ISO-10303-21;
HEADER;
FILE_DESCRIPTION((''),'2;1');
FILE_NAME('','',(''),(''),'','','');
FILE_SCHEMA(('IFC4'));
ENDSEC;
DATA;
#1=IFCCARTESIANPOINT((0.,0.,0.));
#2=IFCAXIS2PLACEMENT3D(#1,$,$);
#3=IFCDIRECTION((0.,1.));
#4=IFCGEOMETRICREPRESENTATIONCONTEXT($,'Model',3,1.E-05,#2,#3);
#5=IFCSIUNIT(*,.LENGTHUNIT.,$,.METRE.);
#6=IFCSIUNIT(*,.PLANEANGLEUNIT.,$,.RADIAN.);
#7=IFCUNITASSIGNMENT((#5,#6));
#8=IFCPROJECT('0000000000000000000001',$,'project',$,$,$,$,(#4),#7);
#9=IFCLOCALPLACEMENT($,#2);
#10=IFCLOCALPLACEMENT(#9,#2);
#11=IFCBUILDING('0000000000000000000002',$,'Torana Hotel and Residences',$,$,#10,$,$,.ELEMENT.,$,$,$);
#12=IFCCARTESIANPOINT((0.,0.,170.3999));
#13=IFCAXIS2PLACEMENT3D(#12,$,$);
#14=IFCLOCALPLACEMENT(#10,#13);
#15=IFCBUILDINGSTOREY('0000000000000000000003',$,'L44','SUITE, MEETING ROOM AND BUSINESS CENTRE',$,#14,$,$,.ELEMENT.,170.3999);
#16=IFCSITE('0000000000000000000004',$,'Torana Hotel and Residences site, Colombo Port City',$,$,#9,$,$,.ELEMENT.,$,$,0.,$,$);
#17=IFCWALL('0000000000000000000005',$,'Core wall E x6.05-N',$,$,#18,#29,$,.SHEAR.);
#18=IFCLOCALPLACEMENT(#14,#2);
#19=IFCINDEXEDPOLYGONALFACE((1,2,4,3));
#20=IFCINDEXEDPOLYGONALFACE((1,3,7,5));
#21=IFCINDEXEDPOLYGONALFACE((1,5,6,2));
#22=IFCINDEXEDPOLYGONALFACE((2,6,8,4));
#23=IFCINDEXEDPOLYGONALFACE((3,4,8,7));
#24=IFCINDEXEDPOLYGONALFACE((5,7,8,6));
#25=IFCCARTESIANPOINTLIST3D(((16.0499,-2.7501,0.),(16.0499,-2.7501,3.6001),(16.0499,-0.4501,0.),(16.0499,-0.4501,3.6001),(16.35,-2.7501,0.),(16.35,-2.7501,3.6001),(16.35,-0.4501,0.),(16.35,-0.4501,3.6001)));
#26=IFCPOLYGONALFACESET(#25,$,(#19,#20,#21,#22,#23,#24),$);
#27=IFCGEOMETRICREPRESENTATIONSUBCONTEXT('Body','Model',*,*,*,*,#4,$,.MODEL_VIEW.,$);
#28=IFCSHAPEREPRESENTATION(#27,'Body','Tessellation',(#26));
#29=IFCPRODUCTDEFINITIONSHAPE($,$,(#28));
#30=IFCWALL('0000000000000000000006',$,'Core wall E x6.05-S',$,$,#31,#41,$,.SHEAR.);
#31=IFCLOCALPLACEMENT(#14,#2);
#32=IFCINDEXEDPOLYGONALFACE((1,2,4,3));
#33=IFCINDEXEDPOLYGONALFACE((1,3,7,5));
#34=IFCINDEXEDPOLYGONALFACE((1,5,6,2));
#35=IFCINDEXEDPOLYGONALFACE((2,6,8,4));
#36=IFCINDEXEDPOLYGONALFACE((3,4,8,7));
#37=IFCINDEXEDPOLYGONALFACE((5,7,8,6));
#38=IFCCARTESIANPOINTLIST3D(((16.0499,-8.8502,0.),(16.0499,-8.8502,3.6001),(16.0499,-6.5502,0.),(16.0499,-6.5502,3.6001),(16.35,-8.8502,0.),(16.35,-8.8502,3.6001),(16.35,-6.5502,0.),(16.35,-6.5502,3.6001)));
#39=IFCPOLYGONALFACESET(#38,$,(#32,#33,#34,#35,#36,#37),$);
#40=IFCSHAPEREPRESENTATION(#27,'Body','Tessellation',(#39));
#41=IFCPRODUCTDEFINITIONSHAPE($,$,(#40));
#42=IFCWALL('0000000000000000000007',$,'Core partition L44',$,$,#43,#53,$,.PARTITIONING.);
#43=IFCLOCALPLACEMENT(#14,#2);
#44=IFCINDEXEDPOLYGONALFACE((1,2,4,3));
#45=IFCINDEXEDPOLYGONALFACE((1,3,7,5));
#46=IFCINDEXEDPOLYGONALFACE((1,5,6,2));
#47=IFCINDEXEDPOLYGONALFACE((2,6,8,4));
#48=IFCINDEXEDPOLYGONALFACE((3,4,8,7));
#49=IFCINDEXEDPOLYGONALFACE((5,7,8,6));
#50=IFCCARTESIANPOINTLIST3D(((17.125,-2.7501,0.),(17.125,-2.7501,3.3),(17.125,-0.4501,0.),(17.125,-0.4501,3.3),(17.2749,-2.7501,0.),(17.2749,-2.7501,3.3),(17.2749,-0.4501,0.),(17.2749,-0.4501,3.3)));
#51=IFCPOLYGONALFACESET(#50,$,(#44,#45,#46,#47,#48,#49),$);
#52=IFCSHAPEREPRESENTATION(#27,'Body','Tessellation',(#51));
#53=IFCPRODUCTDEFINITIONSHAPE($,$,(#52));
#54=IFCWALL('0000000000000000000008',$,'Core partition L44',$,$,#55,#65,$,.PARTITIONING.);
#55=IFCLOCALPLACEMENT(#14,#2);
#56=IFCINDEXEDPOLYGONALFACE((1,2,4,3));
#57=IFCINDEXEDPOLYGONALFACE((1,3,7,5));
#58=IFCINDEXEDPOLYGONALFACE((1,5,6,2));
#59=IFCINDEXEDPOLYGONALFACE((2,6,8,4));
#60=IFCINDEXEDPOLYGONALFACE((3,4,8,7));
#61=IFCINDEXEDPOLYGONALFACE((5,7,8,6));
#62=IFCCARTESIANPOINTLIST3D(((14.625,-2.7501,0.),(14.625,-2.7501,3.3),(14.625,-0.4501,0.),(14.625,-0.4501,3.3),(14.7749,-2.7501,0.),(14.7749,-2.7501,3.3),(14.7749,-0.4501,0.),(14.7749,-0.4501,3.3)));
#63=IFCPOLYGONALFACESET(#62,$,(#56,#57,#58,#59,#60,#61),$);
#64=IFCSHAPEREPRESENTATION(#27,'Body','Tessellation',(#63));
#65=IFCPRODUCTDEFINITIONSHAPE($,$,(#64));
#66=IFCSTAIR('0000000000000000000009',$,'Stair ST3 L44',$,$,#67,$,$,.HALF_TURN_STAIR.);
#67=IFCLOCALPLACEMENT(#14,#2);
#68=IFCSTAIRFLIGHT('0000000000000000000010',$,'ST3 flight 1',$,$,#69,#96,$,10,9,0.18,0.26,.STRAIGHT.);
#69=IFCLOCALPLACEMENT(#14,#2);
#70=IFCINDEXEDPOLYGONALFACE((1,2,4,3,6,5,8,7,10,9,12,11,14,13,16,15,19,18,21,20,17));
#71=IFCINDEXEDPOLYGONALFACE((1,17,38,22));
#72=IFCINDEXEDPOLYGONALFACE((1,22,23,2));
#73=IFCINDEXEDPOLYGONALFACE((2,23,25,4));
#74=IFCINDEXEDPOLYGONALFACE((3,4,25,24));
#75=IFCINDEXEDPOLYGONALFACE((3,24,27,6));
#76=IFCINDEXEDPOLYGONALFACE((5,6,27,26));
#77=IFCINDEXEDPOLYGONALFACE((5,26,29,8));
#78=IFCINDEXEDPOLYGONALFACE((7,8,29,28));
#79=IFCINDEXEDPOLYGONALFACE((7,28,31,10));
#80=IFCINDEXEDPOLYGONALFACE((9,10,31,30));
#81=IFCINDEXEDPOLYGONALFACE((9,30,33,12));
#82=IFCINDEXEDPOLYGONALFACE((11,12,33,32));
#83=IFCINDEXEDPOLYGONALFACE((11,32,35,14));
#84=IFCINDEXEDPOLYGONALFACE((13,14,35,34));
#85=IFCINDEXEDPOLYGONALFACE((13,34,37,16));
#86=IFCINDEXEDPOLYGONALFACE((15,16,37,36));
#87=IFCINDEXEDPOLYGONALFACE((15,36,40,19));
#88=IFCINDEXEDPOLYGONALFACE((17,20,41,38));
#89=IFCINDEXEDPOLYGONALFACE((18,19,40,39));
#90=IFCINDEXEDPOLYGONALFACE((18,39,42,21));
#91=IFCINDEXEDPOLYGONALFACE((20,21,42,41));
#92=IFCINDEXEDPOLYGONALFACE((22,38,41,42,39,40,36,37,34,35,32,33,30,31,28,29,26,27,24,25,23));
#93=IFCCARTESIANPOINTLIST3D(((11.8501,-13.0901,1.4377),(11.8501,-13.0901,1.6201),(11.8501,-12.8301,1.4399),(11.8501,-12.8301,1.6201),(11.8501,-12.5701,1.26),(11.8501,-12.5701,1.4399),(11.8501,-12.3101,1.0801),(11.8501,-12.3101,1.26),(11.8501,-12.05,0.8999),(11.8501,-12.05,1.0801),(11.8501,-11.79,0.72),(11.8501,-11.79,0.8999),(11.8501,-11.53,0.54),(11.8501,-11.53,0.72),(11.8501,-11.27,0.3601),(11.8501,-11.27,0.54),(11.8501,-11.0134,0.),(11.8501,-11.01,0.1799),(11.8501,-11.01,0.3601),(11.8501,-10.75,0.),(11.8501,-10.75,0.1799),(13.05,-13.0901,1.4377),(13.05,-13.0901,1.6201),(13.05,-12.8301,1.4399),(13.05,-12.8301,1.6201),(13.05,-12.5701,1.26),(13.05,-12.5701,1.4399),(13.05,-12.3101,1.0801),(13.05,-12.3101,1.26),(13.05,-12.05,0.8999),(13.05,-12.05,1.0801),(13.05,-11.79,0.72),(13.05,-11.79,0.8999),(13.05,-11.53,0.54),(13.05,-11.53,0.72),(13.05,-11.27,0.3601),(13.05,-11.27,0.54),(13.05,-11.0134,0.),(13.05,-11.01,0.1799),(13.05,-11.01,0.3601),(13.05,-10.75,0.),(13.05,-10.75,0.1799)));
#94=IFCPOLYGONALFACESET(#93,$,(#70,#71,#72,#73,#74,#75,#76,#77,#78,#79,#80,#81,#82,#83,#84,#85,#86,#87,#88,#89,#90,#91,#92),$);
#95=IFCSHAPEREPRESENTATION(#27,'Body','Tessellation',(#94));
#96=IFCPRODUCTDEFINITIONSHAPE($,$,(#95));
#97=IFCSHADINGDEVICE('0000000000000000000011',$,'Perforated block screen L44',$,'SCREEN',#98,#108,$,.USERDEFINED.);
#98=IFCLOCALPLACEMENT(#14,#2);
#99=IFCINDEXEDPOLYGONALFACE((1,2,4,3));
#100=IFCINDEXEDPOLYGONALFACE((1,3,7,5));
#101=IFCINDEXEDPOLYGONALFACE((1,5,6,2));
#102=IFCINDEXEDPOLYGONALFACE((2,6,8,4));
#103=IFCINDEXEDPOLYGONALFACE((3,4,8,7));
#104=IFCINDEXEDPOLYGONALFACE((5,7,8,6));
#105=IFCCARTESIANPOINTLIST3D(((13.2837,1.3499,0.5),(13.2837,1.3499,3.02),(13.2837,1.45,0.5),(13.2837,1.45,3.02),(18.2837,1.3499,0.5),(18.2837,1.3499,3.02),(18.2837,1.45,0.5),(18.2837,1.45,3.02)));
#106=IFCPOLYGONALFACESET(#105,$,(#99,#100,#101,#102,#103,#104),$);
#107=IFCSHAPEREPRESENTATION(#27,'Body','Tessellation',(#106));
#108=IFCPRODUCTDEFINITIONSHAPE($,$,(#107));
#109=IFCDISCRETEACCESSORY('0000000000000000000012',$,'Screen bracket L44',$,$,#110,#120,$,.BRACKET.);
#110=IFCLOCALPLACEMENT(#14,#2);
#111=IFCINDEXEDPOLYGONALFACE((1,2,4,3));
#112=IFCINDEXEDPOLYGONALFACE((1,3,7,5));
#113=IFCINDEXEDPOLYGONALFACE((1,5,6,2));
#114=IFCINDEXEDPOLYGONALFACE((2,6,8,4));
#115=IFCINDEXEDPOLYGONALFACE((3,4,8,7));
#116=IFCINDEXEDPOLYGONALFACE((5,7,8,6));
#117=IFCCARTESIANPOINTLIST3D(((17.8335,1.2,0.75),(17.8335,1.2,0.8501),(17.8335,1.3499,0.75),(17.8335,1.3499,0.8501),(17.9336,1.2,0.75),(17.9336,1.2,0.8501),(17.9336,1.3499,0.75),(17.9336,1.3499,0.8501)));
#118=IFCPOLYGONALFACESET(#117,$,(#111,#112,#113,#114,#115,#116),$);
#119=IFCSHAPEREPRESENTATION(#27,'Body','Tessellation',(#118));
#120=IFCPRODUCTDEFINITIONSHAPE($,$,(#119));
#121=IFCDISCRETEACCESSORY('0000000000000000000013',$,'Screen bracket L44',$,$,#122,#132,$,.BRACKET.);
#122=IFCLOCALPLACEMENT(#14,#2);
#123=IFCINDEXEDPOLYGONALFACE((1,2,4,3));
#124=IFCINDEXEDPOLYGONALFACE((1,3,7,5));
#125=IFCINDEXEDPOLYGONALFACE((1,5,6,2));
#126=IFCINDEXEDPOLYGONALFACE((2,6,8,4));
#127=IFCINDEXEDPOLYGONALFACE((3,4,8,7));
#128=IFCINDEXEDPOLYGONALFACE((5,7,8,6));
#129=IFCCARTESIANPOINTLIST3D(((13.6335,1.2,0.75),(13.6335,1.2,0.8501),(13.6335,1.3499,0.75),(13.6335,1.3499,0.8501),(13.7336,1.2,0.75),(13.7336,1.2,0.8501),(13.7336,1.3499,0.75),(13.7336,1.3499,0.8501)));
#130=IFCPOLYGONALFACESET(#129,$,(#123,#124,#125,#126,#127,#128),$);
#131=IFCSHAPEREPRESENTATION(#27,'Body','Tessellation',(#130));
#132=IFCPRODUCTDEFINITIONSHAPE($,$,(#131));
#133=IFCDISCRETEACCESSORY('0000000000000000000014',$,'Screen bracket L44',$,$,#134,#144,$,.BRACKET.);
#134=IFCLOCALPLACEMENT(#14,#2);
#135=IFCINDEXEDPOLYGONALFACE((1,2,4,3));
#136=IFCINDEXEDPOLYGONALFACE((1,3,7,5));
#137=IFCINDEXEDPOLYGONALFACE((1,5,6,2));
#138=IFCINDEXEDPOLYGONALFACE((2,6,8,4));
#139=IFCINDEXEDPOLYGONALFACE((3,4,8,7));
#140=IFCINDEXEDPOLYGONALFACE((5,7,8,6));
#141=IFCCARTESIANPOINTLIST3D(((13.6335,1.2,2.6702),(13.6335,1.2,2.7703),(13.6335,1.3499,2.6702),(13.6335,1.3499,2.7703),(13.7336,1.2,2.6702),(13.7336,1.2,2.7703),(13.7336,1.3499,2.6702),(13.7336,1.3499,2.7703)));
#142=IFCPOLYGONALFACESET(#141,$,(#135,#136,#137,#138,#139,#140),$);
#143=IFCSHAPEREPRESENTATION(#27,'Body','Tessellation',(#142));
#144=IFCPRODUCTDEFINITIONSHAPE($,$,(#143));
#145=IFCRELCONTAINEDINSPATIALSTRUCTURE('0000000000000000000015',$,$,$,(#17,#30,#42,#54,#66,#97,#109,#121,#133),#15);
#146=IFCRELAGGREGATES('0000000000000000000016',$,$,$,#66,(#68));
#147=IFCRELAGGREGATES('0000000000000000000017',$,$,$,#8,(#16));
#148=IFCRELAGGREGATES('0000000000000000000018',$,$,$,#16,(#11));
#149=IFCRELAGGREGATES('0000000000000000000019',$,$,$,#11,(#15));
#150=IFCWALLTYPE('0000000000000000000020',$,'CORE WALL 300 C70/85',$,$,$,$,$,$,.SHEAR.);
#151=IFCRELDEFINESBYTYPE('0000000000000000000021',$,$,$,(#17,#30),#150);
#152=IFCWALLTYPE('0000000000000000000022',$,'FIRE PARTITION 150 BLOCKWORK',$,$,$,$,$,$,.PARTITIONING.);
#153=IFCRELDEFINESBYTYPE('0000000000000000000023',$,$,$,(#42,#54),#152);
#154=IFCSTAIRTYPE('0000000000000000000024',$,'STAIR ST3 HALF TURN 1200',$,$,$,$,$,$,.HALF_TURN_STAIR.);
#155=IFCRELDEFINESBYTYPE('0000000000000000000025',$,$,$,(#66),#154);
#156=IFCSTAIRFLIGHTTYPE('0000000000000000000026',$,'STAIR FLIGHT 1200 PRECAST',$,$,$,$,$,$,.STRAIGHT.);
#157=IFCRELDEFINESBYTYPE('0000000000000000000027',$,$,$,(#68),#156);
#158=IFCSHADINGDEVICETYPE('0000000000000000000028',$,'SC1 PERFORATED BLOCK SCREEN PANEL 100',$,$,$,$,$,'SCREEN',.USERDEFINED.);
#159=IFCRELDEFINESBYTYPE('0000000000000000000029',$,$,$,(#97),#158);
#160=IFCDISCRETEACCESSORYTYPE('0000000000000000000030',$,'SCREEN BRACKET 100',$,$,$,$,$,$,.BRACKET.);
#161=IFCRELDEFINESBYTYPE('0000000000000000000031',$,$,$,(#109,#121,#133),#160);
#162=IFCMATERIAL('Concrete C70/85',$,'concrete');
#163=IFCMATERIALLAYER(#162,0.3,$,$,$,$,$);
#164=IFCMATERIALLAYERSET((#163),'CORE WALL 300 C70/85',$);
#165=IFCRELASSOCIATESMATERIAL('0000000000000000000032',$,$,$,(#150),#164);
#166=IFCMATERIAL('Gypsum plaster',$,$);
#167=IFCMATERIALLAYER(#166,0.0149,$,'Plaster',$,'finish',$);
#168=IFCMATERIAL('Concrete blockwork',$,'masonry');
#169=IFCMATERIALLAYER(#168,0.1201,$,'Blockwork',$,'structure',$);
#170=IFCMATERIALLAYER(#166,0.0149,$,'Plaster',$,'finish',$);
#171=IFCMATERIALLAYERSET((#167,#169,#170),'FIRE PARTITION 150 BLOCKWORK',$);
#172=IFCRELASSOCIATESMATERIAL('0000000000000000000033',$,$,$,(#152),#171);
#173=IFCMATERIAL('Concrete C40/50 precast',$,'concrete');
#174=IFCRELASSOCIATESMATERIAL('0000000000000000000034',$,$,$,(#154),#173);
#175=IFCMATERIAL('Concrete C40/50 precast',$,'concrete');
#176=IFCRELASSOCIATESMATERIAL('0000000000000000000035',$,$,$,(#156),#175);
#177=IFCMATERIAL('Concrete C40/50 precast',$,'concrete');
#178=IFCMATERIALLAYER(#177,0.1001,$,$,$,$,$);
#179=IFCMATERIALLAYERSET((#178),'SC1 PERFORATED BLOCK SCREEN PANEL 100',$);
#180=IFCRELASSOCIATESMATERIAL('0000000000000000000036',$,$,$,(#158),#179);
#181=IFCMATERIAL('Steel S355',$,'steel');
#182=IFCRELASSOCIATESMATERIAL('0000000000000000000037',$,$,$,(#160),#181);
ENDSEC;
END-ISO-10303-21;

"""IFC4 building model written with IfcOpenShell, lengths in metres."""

from ifc_helpers import new_model, si_unit, direction, frame, frame_2d, origin, origin_2d, place, context, subcontext, project, spatial, polyline, rectangle, outline, extrude, material, layer, layer_set, type_object, element, aggregate, save


model = new_model("IFC4")

# Units and contexts
model_context = context("Model", 3, precision=1e-05, world=origin(), true_north=direction((0.0, 1.0)))
body_context = subcontext(model_context, "Body", "Model", "MODEL_VIEW")
ifc_project = project(units=[si_unit("LENGTHUNIT", "METRE"), si_unit("PLANEANGLEUNIT", "RADIAN")], contexts=[model_context])

# Site, building, storey
site_placement = place(None, origin())
site = spatial("IfcSite", under=ifc_project, at=site_placement, Name="Torana Hotel and Residences site, Colombo Port City", CompositionType="ELEMENT", RefElevation=0.0)
building_placement = place(site_placement, origin())
building = spatial("IfcBuilding", under=site, at=building_placement, Name="Torana Hotel and Residences", CompositionType="ELEMENT")
storey_placement = place(building_placement, frame((0.0, 0.0, 170.3999)))
storey = spatial("IfcBuildingStorey", under=building, at=storey_placement, Name="L44", Description="SUITE, MEETING ROOM AND BUSINESS CENTRE", CompositionType="ELEMENT", Elevation=170.3999)

# Shared definitions
ifc_material_1 = material(Name="Concrete C70/85", Category="concrete")
ifc_layer_1 = layer(ifc_material_1, 0.3)
ifc_layer_set_1 = layer_set([ifc_layer_1], Name="CORE WALL 300 C70/85")
wall_type_1 = type_object("IfcWallType", Name="CORE WALL 300 C70/85", PredefinedType="SHEAR", material=ifc_layer_set_1)

# Walls
for number, where, z_axis, x_axis, name in (
    (1, (16.2, -2.75, 0.0), (0.0, 0.0, 1.0), (0.0, 1.0, 0.0), "Core wall E x6.05-N"),
    (2, (16.2, -8.8501, 0.0), (0.0, 0.0, 1.0), (0.0, 1.0, 0.0), "Core wall E x6.05-S"),
):
    element("IfcWall", number, at=place(storey_placement, frame(where, z_axis=z_axis, x_axis=x_axis)), inside=storey, type_object=wall_type_1, Name=name, PredefinedType="SHEAR", context=body_context, shape_type="SweptSolid", body=[
        extrude(rectangle(XDim=2.3, YDim=0.3, at=frame_2d((1.1499, 0.0))), origin(), (0.0, 0.0, 1.0), 3.6001),
    ])
ifc_material_2 = material(Name="Gypsum plaster")
ifc_layer_2 = layer(ifc_material_2, 0.0149, Name="Plaster", Category="finish")
ifc_material_3 = material(Name="Concrete blockwork", Category="masonry")
ifc_layer_3 = layer(ifc_material_3, 0.1201, Name="Blockwork", Category="structure")
ifc_layer_4 = layer(ifc_material_2, 0.0149, Name="Plaster", Category="finish")
ifc_layer_set_2 = layer_set([ifc_layer_2, ifc_layer_3, ifc_layer_4], Name="FIRE PARTITION 150 BLOCKWORK")
wall_type_2 = type_object("IfcWallType", Name="FIRE PARTITION 150 BLOCKWORK", PredefinedType="PARTITIONING", material=ifc_layer_set_2)
for number, where, z_axis, x_axis, name in (
    (3, (17.2, -2.75, 0.0), (0.0, 0.0, 1.0), (0.0, 1.0, 0.0), "Core partition L44"),
    (4, (14.7, -2.75, 0.0), (0.0, 0.0, 1.0), (0.0, 1.0, 0.0), "Core partition L44"),
):
    element("IfcWall", number, at=place(storey_placement, frame(where, z_axis=z_axis, x_axis=x_axis)), inside=storey, type_object=wall_type_2, Name=name, PredefinedType="PARTITIONING", context=body_context, shape_type="SweptSolid", body=[
        extrude(rectangle(XDim=2.3, YDim=0.1499, at=frame_2d((1.1499, 0.0))), origin(), (0.0, 0.0, 1.0), 3.3),
    ])

# Stair, stair flight
ifc_material_4 = material(Name="Concrete C40/50 precast", Category="concrete")
stair_type = type_object("IfcStairType", Name="STAIR ST3 HALF TURN 1200", PredefinedType="HALF_TURN_STAIR", material=ifc_material_4)
stair_placement = place(storey_placement, origin())
stair = element("IfcStair", 5, at=stair_placement, inside=storey, type_object=stair_type, Name="Stair ST3 L44", PredefinedType="HALF_TURN_STAIR")
ifc_material_5 = material(Name="Concrete C40/50 precast", Category="concrete")
stair_flight_type = type_object("IfcStairFlightType", Name="STAIR FLIGHT 1200 PRECAST", PredefinedType="STRAIGHT", material=ifc_material_5)
stair_flight_placement = place(storey_placement, frame((12.45, -10.75, 0.0), z_axis=(0.0, 0.0, 1.0), x_axis=(0.0, -1.0, 0.0)))
stair_flight = element("IfcStairFlight", 6, at=stair_flight_placement, type_object=stair_flight_type, Name="ST3 flight 1", NumberOfRisers=10, NumberOfTreads=9, PredefinedType="STRAIGHT", RiserHeight=0.18, TreadLength=0.26, context=body_context, shape_type="SweptSolid", body=[
    extrude(outline(polyline([(0.0, 0.0), (0.0, 0.1799), (0.26, 0.1799), (0.26, 0.3601), (0.52, 0.3601), (0.52, 0.54), (0.78, 0.54), (0.78, 0.72), (1.04, 0.72), (1.04, 0.8999), (1.3, 0.8999), (1.3, 1.0801), (1.5601, 1.0801), (1.5601, 1.26), (1.8201, 1.26), (1.8201, 1.4399), (2.0801, 1.4399), (2.0801, 1.6201), (2.3401, 1.6201), (2.3401, 1.8), (2.3401, 1.4377), (0.2634, 0.0), (0.0, 0.0)])), frame((0.0, 0.6001, 0.0), z_axis=(0.0, -1.0, 0.0), x_axis=(1.0, 0.0, 0.0)), (0.0, 0.0, 1.0), 1.2),
])
aggregate(stair, [stair_flight])

# Shading device
ifc_material_6 = material(Name="Concrete C40/50 precast", Category="concrete")
ifc_layer_5 = layer(ifc_material_6, 0.1001)
ifc_layer_set_3 = layer_set([ifc_layer_5], Name="SC1 PERFORATED BLOCK SCREEN PANEL 100")
shading_device_type = type_object("IfcShadingDeviceType", Name="SC1 PERFORATED BLOCK SCREEN PANEL 100", ElementType="SCREEN", PredefinedType="USERDEFINED", material=ifc_layer_set_3)
shading_device_placement = place(storey_placement, frame((15.7837, 1.3999, 0.5), z_axis=(0.0, 0.0, 1.0), x_axis=(-1.0, 0.0, 0.0)))
element("IfcShadingDevice", 7, at=shading_device_placement, inside=storey, type_object=shading_device_type, Name="Perforated block screen L44", ObjectType="SCREEN", PredefinedType="USERDEFINED", context=body_context, shape_type="SweptSolid", body=[
    extrude(rectangle(XDim=5.0, YDim=0.1001, at=origin_2d()), origin(), (0.0, 0.0, 1.0), 2.52),
])

# Discrete accessories
ifc_material_7 = material(Name="Steel S355", Category="steel")
discrete_accessory_type = type_object("IfcDiscreteAccessoryType", Name="SCREEN BRACKET 100", PredefinedType="BRACKET", material=ifc_material_7)
for number, where, z_axis, x_axis, name in (
    (8, (17.8835, 1.2749, 0.75), (0.0, 0.0, 1.0), (-1.0, 0.0, 0.0), "Screen bracket L44"),
    (9, (13.6836, 1.2749, 0.75), (0.0, 0.0, 1.0), (-1.0, 0.0, 0.0), "Screen bracket L44"),
    (10, (13.6836, 1.2749, 2.6702), (0.0, 0.0, 1.0), (-1.0, 0.0, 0.0), "Screen bracket L44"),
):
    element("IfcDiscreteAccessory", number, at=place(storey_placement, frame(where, z_axis=z_axis, x_axis=x_axis)), inside=storey, type_object=discrete_accessory_type, Name=name, PredefinedType="BRACKET", context=body_context, shape_type="SweptSolid", body=[
        extrude(rectangle(XDim=0.1001, YDim=0.1499, at=origin_2d()), origin(), (0.0, 0.0, 1.0), 0.1001),
    ])

save(model, "model.ifc")
